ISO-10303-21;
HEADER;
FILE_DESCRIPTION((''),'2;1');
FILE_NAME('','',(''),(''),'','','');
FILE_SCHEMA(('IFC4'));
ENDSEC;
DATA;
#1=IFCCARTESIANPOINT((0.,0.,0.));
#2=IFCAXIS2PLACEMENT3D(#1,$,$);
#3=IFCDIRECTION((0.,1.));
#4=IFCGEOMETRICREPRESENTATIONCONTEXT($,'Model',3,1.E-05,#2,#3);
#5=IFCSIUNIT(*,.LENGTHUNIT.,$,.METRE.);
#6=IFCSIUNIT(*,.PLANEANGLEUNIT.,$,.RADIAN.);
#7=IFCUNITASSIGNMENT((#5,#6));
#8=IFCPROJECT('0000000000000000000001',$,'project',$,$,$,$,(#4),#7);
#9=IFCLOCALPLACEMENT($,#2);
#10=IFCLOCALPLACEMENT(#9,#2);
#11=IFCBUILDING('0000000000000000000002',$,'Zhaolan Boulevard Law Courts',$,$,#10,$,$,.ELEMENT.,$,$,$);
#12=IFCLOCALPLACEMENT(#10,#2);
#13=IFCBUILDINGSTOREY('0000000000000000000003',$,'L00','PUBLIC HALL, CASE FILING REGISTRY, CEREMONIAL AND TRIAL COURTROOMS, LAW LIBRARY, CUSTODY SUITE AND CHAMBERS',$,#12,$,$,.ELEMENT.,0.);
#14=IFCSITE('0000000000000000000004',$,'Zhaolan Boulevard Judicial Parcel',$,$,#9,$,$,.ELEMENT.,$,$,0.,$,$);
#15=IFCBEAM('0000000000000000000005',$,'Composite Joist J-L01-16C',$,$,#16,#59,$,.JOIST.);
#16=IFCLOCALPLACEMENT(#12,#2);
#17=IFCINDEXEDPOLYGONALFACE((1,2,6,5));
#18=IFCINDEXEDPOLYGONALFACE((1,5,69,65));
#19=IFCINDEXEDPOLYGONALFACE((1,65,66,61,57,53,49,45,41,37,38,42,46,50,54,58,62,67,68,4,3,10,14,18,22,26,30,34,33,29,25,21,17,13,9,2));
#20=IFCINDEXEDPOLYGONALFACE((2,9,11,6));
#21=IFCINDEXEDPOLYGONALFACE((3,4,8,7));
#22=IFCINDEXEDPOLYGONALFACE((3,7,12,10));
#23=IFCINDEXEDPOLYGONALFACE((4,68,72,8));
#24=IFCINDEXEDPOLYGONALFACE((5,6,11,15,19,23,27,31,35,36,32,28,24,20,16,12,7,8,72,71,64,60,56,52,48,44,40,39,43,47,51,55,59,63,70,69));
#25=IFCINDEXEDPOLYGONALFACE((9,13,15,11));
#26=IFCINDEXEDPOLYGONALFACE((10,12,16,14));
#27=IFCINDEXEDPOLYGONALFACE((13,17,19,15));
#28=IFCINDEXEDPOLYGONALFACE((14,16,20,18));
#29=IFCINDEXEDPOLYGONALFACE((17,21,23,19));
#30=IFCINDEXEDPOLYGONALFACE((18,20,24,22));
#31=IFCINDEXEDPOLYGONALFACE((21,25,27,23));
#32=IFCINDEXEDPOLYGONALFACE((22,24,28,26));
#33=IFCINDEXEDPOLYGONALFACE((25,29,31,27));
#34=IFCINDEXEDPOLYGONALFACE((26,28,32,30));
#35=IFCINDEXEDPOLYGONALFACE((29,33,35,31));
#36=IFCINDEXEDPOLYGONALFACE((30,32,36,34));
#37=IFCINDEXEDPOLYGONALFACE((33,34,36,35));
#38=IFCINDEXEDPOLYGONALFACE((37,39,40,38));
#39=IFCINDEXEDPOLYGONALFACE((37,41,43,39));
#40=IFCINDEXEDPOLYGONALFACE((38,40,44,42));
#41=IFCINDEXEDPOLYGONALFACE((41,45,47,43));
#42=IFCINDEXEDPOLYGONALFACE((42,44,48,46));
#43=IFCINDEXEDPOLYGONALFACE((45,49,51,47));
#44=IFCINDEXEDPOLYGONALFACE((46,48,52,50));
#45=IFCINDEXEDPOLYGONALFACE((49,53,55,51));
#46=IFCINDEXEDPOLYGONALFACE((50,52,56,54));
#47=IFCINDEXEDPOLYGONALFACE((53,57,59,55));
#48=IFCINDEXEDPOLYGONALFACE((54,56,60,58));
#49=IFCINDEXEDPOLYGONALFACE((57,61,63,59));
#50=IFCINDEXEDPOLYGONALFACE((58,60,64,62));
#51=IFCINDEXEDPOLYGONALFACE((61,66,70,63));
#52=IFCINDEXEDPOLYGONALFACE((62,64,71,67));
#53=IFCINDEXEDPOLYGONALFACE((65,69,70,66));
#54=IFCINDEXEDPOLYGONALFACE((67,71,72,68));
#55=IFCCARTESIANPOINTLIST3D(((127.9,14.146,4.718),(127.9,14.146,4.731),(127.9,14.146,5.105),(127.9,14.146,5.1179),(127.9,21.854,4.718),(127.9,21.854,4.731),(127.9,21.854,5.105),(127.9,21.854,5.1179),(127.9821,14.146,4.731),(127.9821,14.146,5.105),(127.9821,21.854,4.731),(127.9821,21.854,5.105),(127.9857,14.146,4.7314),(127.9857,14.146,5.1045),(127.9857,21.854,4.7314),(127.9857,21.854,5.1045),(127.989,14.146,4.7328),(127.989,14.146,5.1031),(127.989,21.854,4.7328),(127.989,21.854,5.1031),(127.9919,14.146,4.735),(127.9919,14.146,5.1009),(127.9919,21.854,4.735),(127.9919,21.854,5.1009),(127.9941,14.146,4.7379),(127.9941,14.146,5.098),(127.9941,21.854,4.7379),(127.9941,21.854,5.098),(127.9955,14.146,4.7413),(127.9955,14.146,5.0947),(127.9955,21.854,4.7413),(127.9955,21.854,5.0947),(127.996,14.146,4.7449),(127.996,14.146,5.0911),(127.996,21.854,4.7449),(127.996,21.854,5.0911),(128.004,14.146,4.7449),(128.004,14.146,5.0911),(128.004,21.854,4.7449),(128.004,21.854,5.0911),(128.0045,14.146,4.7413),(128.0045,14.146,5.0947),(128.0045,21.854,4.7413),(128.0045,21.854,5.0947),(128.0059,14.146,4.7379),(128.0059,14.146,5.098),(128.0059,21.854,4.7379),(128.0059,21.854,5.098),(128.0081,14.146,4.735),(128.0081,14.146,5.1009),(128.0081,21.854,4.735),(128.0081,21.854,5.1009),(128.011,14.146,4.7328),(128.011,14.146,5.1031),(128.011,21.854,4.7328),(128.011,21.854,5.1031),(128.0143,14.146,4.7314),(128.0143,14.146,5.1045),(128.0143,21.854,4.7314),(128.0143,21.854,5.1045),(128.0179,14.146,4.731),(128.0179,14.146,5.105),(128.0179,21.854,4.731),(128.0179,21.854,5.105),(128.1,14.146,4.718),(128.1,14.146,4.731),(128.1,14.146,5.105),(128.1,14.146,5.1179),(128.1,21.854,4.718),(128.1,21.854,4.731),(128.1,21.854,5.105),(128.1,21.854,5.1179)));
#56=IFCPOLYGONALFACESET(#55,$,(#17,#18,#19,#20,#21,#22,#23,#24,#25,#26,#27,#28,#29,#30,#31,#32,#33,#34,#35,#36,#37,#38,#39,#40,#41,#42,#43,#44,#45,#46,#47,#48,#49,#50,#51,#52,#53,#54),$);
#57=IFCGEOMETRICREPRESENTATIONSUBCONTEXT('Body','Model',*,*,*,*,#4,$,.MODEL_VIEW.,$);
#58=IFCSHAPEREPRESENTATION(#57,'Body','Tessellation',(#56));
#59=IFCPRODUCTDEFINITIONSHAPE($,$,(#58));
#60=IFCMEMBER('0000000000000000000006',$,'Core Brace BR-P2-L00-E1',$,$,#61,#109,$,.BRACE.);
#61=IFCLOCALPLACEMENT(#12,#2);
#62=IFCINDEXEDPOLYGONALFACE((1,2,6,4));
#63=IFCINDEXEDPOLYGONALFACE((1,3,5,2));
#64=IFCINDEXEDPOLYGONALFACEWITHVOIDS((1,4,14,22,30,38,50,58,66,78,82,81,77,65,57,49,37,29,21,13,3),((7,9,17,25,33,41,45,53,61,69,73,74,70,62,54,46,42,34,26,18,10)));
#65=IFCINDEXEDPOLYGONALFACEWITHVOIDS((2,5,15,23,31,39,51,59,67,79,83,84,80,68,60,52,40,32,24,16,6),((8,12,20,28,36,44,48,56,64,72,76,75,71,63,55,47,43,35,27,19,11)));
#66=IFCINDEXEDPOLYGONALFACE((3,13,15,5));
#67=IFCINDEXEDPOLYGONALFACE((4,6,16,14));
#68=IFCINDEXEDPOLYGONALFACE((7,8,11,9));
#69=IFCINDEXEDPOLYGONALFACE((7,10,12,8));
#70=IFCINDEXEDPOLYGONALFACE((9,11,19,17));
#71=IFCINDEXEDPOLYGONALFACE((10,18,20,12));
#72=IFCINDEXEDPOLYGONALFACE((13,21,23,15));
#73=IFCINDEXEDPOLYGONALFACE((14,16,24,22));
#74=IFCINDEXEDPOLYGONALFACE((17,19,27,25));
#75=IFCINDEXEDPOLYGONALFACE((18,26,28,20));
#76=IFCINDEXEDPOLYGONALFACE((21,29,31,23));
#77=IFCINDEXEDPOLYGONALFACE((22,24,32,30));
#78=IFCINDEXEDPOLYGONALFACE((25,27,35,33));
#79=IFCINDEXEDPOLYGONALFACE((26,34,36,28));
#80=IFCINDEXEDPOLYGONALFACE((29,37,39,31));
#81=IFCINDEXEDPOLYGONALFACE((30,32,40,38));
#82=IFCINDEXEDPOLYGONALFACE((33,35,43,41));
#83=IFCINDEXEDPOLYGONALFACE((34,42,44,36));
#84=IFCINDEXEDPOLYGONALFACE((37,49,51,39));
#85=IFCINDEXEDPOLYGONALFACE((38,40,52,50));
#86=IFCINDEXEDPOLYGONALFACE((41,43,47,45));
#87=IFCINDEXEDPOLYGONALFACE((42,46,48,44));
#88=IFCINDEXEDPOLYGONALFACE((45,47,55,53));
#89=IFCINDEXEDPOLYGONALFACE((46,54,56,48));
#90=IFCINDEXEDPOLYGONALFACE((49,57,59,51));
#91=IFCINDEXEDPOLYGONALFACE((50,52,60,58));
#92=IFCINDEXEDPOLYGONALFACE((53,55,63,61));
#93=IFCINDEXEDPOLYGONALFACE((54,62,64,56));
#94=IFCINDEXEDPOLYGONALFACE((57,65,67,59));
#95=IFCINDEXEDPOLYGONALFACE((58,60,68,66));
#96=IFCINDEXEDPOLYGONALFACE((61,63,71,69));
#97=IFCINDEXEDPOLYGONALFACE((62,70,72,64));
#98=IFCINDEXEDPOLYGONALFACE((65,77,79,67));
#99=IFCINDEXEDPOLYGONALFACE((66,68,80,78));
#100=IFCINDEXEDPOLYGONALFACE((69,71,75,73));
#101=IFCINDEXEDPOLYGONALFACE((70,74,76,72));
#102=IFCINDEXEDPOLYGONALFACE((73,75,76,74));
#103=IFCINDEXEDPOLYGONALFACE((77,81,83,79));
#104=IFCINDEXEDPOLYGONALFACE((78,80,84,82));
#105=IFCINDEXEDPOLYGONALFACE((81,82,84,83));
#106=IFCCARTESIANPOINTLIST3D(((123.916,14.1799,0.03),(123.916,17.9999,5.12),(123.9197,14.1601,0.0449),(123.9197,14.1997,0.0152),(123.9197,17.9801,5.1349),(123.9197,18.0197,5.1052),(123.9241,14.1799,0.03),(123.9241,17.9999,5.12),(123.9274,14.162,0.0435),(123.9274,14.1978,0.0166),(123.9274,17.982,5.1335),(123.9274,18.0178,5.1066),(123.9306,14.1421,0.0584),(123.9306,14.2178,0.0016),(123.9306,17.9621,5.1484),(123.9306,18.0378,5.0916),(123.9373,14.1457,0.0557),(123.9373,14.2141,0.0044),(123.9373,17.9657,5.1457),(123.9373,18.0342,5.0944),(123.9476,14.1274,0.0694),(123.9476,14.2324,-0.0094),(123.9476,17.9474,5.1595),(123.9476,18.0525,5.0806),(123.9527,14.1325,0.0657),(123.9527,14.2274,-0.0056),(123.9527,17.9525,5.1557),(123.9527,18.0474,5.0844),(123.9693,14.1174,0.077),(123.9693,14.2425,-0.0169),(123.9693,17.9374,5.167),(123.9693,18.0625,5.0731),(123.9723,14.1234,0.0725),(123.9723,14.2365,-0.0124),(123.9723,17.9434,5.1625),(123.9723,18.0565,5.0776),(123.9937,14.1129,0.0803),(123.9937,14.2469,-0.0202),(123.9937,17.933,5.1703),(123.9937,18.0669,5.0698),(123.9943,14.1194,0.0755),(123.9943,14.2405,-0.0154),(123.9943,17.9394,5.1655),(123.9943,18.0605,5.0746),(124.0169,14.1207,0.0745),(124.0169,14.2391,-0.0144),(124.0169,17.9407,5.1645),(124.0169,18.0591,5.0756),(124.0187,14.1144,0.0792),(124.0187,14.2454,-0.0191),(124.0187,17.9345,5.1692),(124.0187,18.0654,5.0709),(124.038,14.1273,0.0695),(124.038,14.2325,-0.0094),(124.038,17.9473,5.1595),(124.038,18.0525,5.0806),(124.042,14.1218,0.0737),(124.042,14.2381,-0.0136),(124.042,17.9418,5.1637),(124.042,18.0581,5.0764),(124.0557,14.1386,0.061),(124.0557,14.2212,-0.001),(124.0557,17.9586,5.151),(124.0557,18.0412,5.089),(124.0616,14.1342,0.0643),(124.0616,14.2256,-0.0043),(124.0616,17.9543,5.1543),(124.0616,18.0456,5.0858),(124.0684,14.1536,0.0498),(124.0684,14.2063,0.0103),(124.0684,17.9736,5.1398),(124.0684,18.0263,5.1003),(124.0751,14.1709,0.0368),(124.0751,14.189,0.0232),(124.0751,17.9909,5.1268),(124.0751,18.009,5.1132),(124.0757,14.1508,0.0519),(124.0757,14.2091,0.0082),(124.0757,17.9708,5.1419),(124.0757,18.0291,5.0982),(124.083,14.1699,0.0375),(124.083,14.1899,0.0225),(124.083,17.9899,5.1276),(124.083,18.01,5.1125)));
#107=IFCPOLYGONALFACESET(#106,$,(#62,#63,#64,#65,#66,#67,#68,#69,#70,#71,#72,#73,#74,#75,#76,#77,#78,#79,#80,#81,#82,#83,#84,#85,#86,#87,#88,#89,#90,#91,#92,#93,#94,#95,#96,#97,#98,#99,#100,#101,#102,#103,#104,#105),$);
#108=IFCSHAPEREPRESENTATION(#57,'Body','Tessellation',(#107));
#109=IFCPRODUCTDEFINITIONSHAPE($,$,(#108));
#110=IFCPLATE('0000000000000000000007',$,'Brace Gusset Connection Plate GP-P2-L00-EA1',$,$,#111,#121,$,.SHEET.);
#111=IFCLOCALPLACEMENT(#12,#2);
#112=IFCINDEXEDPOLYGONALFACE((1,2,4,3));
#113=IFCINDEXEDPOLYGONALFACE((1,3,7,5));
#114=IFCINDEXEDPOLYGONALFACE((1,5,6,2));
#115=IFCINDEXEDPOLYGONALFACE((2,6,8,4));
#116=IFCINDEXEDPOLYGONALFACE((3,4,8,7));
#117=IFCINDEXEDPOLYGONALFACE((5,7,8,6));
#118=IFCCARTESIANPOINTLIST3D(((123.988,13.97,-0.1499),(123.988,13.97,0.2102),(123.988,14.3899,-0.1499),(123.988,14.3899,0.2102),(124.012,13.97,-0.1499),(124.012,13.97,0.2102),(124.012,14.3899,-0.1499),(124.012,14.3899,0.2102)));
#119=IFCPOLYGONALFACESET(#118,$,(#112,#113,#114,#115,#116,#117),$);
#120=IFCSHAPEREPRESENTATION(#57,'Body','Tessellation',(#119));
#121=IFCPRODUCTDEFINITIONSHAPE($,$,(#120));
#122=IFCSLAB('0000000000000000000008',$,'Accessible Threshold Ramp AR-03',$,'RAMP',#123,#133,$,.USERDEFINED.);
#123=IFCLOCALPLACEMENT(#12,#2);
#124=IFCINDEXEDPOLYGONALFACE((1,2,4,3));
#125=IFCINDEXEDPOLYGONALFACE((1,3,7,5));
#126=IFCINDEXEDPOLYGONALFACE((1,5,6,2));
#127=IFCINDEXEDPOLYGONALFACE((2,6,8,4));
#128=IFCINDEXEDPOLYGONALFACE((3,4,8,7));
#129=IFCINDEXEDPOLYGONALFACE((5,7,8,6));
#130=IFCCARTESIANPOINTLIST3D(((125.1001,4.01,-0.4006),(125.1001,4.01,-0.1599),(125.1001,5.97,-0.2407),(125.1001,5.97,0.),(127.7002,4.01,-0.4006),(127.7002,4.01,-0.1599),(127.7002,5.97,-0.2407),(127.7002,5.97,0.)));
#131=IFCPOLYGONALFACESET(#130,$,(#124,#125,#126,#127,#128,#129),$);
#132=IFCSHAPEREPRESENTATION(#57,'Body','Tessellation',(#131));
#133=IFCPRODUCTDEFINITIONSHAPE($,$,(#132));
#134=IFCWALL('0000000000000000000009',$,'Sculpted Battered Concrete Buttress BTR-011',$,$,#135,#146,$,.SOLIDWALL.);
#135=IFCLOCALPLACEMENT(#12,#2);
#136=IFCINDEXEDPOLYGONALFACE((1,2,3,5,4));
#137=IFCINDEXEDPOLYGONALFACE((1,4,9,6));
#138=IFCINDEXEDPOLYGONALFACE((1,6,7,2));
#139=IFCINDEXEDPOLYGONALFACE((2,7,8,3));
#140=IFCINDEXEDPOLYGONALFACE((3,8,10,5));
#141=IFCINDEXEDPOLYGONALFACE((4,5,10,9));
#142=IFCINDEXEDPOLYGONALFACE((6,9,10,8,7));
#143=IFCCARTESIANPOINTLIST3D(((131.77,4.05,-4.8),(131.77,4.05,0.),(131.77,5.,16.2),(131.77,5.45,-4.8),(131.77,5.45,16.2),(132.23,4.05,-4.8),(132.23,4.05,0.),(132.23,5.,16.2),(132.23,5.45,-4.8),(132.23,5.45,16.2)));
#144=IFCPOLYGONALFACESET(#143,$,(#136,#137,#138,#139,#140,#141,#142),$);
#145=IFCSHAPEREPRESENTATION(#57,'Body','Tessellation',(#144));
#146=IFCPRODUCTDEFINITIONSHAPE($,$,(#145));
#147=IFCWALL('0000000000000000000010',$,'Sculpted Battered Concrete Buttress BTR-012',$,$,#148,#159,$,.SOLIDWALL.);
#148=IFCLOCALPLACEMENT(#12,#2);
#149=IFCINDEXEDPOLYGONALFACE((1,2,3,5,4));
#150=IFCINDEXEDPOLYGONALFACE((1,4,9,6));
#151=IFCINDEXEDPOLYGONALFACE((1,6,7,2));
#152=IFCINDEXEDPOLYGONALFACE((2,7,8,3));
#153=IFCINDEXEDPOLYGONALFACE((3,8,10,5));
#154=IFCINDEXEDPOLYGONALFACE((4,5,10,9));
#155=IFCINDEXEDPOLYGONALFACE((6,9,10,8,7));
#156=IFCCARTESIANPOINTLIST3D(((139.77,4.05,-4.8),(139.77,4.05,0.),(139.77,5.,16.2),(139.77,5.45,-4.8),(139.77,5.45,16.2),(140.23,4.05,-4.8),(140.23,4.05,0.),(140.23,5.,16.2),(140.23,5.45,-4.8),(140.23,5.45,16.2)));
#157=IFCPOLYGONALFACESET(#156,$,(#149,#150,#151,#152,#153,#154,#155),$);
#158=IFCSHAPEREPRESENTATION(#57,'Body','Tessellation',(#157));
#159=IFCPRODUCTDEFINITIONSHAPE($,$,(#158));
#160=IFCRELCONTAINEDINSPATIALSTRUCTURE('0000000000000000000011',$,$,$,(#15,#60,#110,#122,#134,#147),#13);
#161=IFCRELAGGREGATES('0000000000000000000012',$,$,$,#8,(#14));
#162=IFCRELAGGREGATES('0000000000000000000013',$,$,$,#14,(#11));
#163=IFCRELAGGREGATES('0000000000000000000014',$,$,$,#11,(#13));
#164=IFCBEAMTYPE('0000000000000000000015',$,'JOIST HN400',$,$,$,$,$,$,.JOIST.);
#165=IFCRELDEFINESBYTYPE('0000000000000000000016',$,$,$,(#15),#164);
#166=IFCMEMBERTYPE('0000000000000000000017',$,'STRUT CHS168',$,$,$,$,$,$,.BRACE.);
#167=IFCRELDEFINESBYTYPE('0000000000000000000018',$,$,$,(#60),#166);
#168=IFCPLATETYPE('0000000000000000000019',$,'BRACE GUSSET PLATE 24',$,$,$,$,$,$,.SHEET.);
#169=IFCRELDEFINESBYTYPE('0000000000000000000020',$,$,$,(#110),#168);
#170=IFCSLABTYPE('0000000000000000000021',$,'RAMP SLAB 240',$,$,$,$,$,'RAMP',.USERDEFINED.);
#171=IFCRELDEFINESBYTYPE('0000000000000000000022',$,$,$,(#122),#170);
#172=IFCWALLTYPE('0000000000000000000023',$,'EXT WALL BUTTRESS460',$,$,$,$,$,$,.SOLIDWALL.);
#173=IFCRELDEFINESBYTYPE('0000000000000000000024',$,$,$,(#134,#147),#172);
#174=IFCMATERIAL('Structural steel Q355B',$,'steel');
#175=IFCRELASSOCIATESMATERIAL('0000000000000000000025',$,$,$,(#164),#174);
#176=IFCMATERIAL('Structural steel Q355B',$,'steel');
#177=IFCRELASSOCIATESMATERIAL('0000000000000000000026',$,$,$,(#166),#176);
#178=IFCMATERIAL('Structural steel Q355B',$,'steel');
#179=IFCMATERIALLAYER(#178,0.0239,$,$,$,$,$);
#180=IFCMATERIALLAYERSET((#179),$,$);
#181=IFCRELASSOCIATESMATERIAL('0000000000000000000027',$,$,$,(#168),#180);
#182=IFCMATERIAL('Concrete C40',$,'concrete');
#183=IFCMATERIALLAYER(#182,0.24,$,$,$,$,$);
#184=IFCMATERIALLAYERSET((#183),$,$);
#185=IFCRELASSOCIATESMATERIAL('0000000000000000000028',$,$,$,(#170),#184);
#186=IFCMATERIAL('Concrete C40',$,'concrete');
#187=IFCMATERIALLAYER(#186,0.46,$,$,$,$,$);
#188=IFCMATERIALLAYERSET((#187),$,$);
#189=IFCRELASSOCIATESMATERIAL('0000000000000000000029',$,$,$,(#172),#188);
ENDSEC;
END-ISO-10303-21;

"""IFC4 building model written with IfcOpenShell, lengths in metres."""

from ifc_helpers import new_model, si_unit, direction, frame, origin, origin_2d, place, context, subcontext, project, spatial, polyline, rectangle, hollow_circle, i_section, outline, extrude, material, layer, layer_set, material_profile, profile_set, type_object, element, save


model = new_model("IFC4")

# Units and contexts
model_context = context("Model", 3, precision=1e-05, world=origin(), true_north=direction((0.0, 1.0)))
body_context = subcontext(model_context, "Body", "Model", "MODEL_VIEW")
ifc_project = project(units=[si_unit("LENGTHUNIT", "METRE"), si_unit("PLANEANGLEUNIT", "RADIAN")], contexts=[model_context])

# Site, building, storey
site_placement = place(None, origin())
site = spatial("IfcSite", under=ifc_project, at=site_placement, Name="Zhaolan Boulevard Judicial Parcel", CompositionType="ELEMENT", RefElevation=0.0)
building_placement = place(site_placement, origin())
building = spatial("IfcBuilding", under=site, at=building_placement, Name="Zhaolan Boulevard Law Courts", CompositionType="ELEMENT")
storey_placement = place(building_placement, origin())
storey = spatial("IfcBuildingStorey", under=building, at=storey_placement, Name="L00", Description="PUBLIC HALL, CASE FILING REGISTRY, CEREMONIAL AND TRIAL COURTROOMS, LAW LIBRARY, CUSTODY SUITE AND CHAMBERS", CompositionType="ELEMENT", Elevation=0.0)

# Beam
ifc_material_1 = material(Name="Structural steel Q355B", Category="steel")
ifc_material_profile_1 = material_profile(ifc_material_1, i_section(OverallWidth=0.2, OverallDepth=0.3999, WebThickness=0.0081, FlangeThickness=0.0129, FilletRadius=0.0139, at=origin_2d()), Name="HN400x200")
ifc_profile_set_1 = profile_set([ifc_material_profile_1], Name="Structural steel Q355B")
beam_type_1 = type_object("IfcBeamType", Name="JOIST HN400", PredefinedType="JOIST", material=ifc_profile_set_1)
beam_1_placement = place(storey_placement, frame((128.0, 14.146, 4.918), z_axis=(0.0, 1.0, 0.0), x_axis=(-1.0, 0.0, 0.0)))
element("IfcBeam", 1, at=beam_1_placement, inside=storey, type_object=beam_type_1, Name="Composite Joist J-L01-16C", PredefinedType="JOIST", context=body_context, shape_type="SweptSolid", body=[
    extrude(i_section(OverallWidth=0.2, OverallDepth=0.3999, WebThickness=0.0081, FlangeThickness=0.0129, FilletRadius=0.0139, at=origin_2d()), origin(), (0.0, 0.0, 1.0), 7.708),
])

# Member
ifc_material_2 = material(Name="Structural steel Q355B", Category="steel")
ifc_material_profile_2 = material_profile(ifc_material_2, hollow_circle(Radius=0.084, WallThickness=0.0081, at=origin_2d()), Name="CHS168x8")
ifc_profile_set_2 = profile_set([ifc_material_profile_2], Name="Structural steel Q355B")
member_type = type_object("IfcMemberType", Name="STRUT CHS168", PredefinedType="BRACE", material=ifc_profile_set_2)
member_placement = place(storey_placement, frame((124.0, 14.1799, 0.03), z_axis=(0.0, 0.600252, 0.799811), x_axis=(-1.0, 0.0, 0.0)))
element("IfcMember", 2, at=member_placement, inside=storey, type_object=member_type, Name="Core Brace BR-P2-L00-E1", PredefinedType="BRACE", context=body_context, shape_type="SweptSolid", body=[
    extrude(hollow_circle(Radius=0.084, WallThickness=0.0081, at=origin_2d()), origin(), (0.0, 0.0, 1.0), 6.364),
])

# Plate
ifc_material_3 = material(Name="Structural steel Q355B", Category="steel")
ifc_layer_1 = layer(ifc_material_3, 0.0239)
ifc_layer_set_1 = layer_set([ifc_layer_1])
plate_type = type_object("IfcPlateType", Name="BRACE GUSSET PLATE 24", PredefinedType="SHEET", material=ifc_layer_set_1)
plate_placement = place(storey_placement, frame((124.0, 14.1799, -0.1499), z_axis=(0.0, 0.0, 1.0), x_axis=(0.0, 1.0, 0.0)))
element("IfcPlate", 3, at=plate_placement, inside=storey, type_object=plate_type, Name="Brace Gusset Connection Plate GP-P2-L00-EA1", PredefinedType="SHEET", context=body_context, shape_type="SweptSolid", body=[
    extrude(rectangle(XDim=0.4199, YDim=0.0239, at=origin_2d()), origin(), (0.0, 0.0, 1.0), 0.3601),
])

# Slab
ifc_material_4 = material(Name="Concrete C40", Category="concrete")
ifc_layer_2 = layer(ifc_material_4, 0.24)
ifc_layer_set_2 = layer_set([ifc_layer_2])
slab_type = type_object("IfcSlabType", Name="RAMP SLAB 240", ElementType="RAMP", PredefinedType="USERDEFINED", material=ifc_layer_set_2)
slab_placement = place(storey_placement, frame((125.1001, 4.01, -0.1599), z_axis=(1.0, 0.0, 0.0), x_axis=(0.0, 1.0, 0.0)))
element("IfcSlab", 4, at=slab_placement, inside=storey, type_object=slab_type, Name="Accessible Threshold Ramp AR-03", ObjectType="RAMP", PredefinedType="USERDEFINED", context=body_context, shape_type="SweptSolid", body=[
    extrude(outline(polyline([(0.0, 0.0), (1.96, 0.1599), (1.96, -0.0808), (0.0, -0.2407), (0.0, 0.0)])), origin(), (0.0, 0.0, 1.0), 2.6001),
])

# Walls
ifc_material_5 = material(Name="Concrete C40", Category="concrete")
ifc_layer_3 = layer(ifc_material_5, 0.46)
ifc_layer_set_3 = layer_set([ifc_layer_3])
wall_type_1 = type_object("IfcWallType", Name="EXT WALL BUTTRESS460", PredefinedType="SOLIDWALL", material=ifc_layer_set_3)
for number, where, z_axis, x_axis, name in (
    (5, (132.0, 5.45, -4.8), (0.0, 0.0, 1.0), (0.0, -1.0, 0.0), "Sculpted Battered Concrete Buttress BTR-011"),
    (6, (140.0, 5.45, -4.8), (0.0, 0.0, 1.0), (0.0, -1.0, 0.0), "Sculpted Battered Concrete Buttress BTR-012"),
):
    element("IfcWall", number, at=place(storey_placement, frame(where, z_axis=z_axis, x_axis=x_axis)), inside=storey, type_object=wall_type_1, Name=name, PredefinedType="SOLIDWALL", context=body_context, shape_type="SweptSolid", body=[
        extrude(outline(polyline([(0.0, 0.0), (1.3999, 0.0), (1.3999, 4.8), (0.45, 21.0), (0.0, 21.0), (0.0, 0.0)])), frame((0.0, 0.23, 0.0), z_axis=(0.0, -1.0, 0.0), x_axis=(1.0, 0.0, 0.0)), (0.0, 0.0, 1.0), 0.46),
    ])

save(model, "model.ifc")
